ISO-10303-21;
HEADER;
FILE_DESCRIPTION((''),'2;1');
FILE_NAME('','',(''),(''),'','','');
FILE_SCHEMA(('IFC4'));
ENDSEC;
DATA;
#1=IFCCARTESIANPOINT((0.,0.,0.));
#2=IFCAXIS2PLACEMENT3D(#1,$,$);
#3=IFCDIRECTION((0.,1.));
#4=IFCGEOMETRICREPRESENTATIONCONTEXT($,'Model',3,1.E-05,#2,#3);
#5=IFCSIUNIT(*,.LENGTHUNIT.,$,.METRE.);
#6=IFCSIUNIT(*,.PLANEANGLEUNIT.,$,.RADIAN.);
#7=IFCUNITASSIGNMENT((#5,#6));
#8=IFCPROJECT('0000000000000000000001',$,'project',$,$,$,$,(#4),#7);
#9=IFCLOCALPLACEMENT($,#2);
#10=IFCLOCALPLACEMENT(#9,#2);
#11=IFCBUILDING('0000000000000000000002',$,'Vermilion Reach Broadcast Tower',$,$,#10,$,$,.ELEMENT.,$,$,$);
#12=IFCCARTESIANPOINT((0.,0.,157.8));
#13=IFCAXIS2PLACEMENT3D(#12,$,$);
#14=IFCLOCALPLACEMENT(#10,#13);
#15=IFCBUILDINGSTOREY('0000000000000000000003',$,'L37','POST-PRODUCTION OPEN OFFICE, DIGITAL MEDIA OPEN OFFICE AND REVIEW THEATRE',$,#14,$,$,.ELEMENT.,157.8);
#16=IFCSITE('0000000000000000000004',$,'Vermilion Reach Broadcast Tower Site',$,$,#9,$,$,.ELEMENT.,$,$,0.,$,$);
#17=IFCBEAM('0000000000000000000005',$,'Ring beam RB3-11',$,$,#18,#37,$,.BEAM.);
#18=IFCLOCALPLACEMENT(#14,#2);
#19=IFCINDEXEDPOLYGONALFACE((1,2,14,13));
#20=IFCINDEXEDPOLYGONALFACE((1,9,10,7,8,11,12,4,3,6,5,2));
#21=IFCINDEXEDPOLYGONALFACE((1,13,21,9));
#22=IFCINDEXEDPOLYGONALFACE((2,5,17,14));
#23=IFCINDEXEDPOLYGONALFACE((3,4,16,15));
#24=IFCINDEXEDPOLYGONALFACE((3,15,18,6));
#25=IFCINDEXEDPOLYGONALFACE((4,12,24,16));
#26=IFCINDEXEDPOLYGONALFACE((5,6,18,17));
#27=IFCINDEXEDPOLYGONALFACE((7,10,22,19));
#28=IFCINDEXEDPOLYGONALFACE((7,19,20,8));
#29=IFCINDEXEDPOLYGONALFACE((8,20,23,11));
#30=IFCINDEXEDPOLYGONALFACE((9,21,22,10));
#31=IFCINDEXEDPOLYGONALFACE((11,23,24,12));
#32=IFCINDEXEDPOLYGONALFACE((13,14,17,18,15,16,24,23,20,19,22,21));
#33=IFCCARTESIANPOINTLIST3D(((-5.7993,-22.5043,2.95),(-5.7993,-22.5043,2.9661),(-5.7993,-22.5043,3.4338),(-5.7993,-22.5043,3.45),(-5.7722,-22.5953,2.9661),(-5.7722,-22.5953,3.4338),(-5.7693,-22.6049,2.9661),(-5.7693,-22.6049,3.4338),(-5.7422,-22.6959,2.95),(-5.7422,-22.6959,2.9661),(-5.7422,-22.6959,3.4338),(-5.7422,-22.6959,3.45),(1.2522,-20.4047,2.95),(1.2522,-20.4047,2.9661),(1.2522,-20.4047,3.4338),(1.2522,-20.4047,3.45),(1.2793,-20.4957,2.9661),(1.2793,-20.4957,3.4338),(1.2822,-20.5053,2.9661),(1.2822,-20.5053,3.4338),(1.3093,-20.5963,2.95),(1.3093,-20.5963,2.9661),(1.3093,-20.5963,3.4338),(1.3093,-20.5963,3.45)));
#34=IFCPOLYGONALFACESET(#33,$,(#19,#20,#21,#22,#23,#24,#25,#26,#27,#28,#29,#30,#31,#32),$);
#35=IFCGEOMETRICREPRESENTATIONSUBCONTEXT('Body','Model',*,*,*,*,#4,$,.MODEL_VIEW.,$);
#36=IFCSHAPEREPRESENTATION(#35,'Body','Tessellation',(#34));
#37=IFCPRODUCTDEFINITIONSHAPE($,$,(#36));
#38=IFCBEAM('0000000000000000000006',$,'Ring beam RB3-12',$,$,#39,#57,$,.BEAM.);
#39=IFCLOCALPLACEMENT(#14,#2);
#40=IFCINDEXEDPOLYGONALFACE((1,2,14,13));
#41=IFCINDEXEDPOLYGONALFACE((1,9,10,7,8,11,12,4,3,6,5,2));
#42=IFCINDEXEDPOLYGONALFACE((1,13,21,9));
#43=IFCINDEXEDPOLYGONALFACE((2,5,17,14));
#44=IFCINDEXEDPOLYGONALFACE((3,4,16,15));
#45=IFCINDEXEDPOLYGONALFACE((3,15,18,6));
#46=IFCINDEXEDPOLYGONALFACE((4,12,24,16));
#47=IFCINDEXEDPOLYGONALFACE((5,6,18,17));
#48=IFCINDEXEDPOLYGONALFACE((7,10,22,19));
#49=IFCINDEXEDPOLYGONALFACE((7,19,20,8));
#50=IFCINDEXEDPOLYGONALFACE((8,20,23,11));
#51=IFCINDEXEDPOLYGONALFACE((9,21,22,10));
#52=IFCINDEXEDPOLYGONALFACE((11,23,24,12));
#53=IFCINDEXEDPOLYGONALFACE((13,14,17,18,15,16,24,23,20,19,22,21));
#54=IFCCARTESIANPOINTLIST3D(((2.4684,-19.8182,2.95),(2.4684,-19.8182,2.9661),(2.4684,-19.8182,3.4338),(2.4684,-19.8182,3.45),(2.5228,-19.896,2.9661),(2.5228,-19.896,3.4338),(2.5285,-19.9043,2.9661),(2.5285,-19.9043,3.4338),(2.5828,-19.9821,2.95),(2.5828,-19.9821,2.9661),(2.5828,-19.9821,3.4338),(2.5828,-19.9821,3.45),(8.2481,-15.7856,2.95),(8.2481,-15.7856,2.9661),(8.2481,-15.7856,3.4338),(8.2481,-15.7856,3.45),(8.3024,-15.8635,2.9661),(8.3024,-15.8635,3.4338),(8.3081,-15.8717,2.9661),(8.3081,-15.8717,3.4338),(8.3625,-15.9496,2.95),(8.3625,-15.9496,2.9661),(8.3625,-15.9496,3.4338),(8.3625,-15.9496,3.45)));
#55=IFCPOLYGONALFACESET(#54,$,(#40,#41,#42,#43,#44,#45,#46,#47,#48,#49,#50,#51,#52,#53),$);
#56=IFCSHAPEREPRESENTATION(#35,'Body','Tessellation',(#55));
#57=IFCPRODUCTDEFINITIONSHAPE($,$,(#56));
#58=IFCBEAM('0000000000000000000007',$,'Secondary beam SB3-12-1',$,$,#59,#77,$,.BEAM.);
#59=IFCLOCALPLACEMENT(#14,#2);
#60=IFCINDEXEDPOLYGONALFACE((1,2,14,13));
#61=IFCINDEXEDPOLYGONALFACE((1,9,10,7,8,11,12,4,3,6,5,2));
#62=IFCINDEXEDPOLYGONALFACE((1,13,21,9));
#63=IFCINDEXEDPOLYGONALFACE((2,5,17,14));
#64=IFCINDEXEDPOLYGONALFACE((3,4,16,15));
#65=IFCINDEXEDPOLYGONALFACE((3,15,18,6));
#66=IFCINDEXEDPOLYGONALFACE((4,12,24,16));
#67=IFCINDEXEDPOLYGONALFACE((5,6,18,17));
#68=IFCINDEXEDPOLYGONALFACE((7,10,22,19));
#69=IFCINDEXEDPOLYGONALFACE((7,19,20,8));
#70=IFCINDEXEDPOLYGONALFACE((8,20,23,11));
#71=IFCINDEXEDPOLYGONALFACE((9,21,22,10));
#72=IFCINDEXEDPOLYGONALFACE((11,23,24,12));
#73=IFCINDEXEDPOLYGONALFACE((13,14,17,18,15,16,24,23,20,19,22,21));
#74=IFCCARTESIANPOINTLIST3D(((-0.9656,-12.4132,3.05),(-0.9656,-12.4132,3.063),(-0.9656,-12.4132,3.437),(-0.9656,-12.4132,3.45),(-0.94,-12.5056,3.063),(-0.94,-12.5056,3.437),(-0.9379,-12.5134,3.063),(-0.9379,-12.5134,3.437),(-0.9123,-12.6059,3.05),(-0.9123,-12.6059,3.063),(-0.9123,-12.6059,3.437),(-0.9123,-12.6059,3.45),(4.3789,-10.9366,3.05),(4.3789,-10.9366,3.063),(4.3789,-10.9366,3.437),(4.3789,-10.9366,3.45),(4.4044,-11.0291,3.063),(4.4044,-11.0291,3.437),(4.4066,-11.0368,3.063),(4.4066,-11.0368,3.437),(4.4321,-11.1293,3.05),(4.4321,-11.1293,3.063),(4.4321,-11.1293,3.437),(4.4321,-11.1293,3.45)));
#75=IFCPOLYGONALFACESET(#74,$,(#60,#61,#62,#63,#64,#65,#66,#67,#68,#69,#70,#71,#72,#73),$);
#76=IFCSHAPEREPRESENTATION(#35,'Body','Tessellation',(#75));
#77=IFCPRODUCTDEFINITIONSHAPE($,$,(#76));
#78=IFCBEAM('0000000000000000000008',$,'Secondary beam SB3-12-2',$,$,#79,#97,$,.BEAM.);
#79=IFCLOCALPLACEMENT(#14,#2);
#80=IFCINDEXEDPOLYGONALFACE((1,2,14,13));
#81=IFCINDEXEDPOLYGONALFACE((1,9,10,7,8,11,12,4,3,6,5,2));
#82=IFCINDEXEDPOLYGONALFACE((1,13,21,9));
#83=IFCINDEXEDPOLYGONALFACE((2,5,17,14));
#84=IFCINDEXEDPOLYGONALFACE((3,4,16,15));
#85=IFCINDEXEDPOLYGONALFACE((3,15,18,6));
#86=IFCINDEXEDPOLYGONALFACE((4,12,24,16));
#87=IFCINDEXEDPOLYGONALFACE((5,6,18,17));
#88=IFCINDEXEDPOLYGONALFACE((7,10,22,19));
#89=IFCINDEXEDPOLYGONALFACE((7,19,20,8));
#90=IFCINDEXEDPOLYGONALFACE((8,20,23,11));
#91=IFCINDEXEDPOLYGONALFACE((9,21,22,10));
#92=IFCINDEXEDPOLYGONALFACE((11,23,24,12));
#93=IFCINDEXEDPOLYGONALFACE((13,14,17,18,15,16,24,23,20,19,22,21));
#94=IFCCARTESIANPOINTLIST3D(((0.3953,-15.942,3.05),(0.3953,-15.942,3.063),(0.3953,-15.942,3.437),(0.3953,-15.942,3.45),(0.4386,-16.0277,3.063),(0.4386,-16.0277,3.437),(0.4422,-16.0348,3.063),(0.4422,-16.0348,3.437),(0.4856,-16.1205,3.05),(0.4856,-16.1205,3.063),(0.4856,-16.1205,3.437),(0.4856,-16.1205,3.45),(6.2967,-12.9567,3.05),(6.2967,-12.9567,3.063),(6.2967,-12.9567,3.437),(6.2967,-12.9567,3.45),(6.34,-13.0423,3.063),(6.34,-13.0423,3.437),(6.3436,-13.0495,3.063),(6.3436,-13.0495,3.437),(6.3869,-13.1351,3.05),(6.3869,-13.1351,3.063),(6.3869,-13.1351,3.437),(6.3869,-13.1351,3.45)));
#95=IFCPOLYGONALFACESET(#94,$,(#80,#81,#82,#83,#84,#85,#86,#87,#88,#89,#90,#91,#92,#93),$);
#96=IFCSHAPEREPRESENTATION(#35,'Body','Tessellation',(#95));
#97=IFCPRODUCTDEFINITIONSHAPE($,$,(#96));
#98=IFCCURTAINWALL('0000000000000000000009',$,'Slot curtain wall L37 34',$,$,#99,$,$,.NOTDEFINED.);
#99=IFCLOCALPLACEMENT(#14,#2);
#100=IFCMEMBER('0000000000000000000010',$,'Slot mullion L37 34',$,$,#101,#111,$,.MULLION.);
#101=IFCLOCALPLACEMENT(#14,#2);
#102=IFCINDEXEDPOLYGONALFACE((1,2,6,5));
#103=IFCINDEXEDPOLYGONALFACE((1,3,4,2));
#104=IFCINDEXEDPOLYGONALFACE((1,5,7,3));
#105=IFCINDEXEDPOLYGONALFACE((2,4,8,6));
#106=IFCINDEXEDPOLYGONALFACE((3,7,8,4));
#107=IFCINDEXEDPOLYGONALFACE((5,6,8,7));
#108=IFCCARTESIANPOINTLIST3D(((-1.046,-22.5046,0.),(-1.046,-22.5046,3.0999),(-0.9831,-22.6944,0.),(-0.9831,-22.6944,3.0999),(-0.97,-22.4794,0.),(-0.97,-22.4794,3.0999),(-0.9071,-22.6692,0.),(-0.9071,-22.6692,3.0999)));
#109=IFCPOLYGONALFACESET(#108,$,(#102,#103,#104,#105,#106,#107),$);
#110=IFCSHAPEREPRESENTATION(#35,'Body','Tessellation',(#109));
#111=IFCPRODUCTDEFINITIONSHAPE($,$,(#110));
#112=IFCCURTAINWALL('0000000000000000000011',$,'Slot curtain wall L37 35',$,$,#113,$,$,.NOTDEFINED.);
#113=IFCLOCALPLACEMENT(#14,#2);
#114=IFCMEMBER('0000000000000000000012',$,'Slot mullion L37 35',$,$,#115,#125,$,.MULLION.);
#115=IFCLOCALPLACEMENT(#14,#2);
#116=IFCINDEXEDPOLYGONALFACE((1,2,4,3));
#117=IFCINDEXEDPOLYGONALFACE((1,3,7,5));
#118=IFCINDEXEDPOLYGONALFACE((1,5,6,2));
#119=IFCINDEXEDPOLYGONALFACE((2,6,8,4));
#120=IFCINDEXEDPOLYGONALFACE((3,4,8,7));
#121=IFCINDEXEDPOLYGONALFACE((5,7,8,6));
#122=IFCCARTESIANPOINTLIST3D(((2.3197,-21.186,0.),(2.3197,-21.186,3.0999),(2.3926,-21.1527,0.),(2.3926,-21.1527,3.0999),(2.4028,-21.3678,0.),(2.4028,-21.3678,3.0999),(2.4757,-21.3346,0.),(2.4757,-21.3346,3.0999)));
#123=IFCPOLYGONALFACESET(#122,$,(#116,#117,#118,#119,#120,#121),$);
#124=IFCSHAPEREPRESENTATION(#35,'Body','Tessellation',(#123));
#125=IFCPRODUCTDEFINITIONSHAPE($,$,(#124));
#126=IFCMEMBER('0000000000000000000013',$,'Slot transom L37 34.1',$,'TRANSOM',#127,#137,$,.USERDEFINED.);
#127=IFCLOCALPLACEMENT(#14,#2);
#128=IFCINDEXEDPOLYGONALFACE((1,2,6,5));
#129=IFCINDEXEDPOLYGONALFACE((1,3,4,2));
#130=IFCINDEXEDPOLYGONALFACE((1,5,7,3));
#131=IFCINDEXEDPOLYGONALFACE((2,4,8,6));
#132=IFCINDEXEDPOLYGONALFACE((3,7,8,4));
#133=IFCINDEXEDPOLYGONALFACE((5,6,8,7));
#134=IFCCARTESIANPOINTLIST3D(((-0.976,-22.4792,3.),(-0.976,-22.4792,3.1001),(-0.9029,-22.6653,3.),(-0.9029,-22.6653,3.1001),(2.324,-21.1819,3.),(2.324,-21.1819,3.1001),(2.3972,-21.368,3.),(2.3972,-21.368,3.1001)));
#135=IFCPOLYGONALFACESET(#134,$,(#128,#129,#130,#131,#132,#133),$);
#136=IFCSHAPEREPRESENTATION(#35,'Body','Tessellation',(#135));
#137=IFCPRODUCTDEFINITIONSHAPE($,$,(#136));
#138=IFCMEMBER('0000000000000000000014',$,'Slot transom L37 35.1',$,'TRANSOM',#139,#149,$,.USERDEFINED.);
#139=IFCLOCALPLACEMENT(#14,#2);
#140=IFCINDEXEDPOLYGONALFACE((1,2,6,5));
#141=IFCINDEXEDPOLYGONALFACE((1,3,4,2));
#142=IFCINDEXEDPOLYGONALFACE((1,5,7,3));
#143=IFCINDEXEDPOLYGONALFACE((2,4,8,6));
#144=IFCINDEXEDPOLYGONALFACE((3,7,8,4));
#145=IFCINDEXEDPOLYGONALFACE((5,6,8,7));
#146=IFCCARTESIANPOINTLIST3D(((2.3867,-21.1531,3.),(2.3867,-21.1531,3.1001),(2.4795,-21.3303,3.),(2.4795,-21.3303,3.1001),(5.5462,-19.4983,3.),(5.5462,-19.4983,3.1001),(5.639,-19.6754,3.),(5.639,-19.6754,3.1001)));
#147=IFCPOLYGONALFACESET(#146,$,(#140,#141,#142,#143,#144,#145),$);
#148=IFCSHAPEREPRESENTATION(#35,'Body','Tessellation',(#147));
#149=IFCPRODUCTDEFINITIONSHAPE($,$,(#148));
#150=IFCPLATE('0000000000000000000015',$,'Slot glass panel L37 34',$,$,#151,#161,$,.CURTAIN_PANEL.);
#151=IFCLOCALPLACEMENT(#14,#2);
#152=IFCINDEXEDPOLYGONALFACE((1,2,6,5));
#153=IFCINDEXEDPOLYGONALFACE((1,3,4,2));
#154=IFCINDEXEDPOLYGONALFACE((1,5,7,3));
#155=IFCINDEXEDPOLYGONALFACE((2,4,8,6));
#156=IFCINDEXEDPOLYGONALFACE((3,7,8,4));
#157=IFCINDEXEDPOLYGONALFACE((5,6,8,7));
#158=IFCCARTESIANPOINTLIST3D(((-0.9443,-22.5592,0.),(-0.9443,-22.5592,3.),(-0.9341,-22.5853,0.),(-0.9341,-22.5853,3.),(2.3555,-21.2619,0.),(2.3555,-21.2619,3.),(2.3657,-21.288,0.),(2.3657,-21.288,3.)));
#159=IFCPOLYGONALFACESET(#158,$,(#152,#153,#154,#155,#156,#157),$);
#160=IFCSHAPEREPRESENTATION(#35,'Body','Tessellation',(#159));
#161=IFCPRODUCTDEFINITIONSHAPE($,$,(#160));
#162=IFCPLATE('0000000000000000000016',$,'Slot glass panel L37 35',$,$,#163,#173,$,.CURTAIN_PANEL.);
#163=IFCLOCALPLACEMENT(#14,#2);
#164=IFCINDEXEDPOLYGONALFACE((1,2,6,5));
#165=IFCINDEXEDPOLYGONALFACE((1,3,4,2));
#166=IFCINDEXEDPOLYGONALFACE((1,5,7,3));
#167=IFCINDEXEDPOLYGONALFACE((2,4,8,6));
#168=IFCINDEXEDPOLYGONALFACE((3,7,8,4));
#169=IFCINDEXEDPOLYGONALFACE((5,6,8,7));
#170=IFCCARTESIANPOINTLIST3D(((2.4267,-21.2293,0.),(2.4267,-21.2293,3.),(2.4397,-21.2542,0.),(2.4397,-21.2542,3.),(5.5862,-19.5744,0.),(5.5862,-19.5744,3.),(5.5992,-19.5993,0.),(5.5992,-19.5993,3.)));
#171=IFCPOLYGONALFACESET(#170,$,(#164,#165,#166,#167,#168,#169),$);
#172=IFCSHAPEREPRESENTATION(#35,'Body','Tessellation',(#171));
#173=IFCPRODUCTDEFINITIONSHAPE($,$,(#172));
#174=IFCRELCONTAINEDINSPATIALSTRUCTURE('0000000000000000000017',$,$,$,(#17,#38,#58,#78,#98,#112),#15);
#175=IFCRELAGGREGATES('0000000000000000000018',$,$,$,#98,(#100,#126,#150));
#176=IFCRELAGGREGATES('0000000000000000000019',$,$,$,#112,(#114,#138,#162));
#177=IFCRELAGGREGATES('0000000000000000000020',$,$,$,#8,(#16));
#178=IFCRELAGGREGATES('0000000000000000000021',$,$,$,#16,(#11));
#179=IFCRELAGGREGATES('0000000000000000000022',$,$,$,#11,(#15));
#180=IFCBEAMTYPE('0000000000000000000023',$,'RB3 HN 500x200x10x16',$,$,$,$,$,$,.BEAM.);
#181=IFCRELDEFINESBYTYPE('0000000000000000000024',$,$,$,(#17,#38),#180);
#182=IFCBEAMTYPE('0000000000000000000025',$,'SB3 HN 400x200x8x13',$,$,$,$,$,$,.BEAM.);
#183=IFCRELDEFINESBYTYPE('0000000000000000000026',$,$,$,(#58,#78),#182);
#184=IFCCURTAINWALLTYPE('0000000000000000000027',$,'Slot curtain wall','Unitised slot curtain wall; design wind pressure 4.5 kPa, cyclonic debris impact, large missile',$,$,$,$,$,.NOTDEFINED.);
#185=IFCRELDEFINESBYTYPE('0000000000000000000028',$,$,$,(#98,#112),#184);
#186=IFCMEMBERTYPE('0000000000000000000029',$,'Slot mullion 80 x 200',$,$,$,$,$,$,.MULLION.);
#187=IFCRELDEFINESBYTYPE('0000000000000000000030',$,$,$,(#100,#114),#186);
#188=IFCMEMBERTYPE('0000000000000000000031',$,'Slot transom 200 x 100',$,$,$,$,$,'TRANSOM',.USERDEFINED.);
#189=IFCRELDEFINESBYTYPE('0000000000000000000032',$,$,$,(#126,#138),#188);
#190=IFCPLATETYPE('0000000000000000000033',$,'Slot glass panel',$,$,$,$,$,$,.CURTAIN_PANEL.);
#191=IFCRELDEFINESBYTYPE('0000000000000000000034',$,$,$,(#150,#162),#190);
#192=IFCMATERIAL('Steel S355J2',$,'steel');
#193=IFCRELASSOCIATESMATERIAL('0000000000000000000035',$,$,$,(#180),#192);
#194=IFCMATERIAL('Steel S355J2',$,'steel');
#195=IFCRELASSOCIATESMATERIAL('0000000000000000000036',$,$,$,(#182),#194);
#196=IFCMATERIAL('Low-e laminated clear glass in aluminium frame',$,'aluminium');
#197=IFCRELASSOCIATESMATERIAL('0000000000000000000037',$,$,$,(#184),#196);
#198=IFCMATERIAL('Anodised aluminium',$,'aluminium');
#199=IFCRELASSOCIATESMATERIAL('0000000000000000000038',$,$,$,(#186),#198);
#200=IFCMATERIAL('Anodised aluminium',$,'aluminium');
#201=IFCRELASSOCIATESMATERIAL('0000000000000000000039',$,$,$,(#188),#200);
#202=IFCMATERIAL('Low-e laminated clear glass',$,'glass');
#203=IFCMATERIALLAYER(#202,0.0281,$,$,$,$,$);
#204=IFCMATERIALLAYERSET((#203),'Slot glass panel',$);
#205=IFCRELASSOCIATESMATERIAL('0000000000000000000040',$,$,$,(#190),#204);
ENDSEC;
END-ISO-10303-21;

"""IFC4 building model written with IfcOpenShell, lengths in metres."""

from ifc_helpers import new_model, si_unit, direction, frame, origin, origin_2d, place, context, subcontext, project, spatial, rectangle, i_section, extrude, material, layer, layer_set, material_profile, profile_set, type_object, element, aggregate, save


model = new_model("IFC4")

# Units and contexts
model_context = context("Model", 3, precision=1e-05, world=origin(), true_north=direction((0.0, 1.0)))
body_context = subcontext(model_context, "Body", "Model", "MODEL_VIEW")
ifc_project = project(units=[si_unit("LENGTHUNIT", "METRE"), si_unit("PLANEANGLEUNIT", "RADIAN")], contexts=[model_context])

# Site, building, storey
site_placement = place(None, origin())
site = spatial("IfcSite", under=ifc_project, at=site_placement, Name="Vermilion Reach Broadcast Tower Site", CompositionType="ELEMENT", RefElevation=0.0)
building_placement = place(site_placement, origin())
building = spatial("IfcBuilding", under=site, at=building_placement, Name="Vermilion Reach Broadcast Tower", CompositionType="ELEMENT")
storey_placement = place(building_placement, frame((0.0, 0.0, 157.8)))
storey = spatial("IfcBuildingStorey", under=building, at=storey_placement, Name="L37", Description="POST-PRODUCTION OPEN OFFICE, DIGITAL MEDIA OPEN OFFICE AND REVIEW THEATRE", CompositionType="ELEMENT", Elevation=157.8)

# Beams
ifc_material_1 = material(Name="Steel S355J2", Category="steel")
ifc_material_profile_1 = material_profile(ifc_material_1, i_section(OverallWidth=0.2, OverallDepth=0.5, WebThickness=0.01, FlangeThickness=0.0161, at=origin_2d()), Name="S355J2 HN 500x200x10x16")
ifc_profile_set_1 = profile_set([ifc_material_profile_1], Name="Steel S355J2")
beam_type_1 = type_object("IfcBeamType", Name="RB3 HN 500x200x10x16", PredefinedType="BEAM", material=ifc_profile_set_1)
beam_1_placement = place(storey_placement, frame((-5.7708, -22.6001, 3.2), z_axis=(0.958417, 0.285372, 0.0), x_axis=(-0.285372, 0.958417, 0.0)))
element("IfcBeam", 1, at=beam_1_placement, inside=storey, type_object=beam_type_1, Name="Ring beam RB3-11", PredefinedType="BEAM", context=body_context, shape_type="SweptSolid", body=[
    extrude(i_section(OverallWidth=0.2, OverallDepth=0.5, WebThickness=0.01, FlangeThickness=0.0161, at=origin_2d()), origin(), (0.0, 0.0, 1.0), 7.3574),
])
beam_2_placement = place(storey_placement, frame((2.5256, -19.9001, 3.2), z_axis=(0.820111, 0.572204, 0.0), x_axis=(-0.572204, 0.820111, 0.0)))
element("IfcBeam", 2, at=beam_2_placement, inside=storey, type_object=beam_type_1, Name="Ring beam RB3-12", PredefinedType="BEAM", context=body_context, shape_type="SweptSolid", body=[
    extrude(i_section(OverallWidth=0.2, OverallDepth=0.5, WebThickness=0.01, FlangeThickness=0.0161, at=origin_2d()), origin(), (0.0, 0.0, 1.0), 7.0474),
])
ifc_material_2 = material(Name="Steel S355J2", Category="steel")
ifc_material_profile_2 = material_profile(ifc_material_2, i_section(OverallWidth=0.2, OverallDepth=0.3999, WebThickness=0.0081, FlangeThickness=0.0129, at=origin_2d()), Name="S355J2 HN 400x200x8x13")
ifc_profile_set_2 = profile_set([ifc_material_profile_2], Name="Steel S355J2")
beam_type_2 = type_object("IfcBeamType", Name="SB3 HN 400x200x8x13", PredefinedType="BEAM", material=ifc_profile_set_2)
beam_3_placement = place(storey_placement, frame((-0.939, -12.5095, 3.25), z_axis=(0.96389, 0.266301, 0.0), x_axis=(-0.266301, 0.96389, 0.0)))
element("IfcBeam", 3, at=beam_3_placement, inside=storey, type_object=beam_type_2, Name="Secondary beam SB3-12-1", PredefinedType="BEAM", context=body_context, shape_type="SweptSolid", body=[
    extrude(i_section(OverallWidth=0.2, OverallDepth=0.3999, WebThickness=0.0081, FlangeThickness=0.0129, at=origin_2d()), origin(), (0.0, 0.0, 1.0), 5.5447),
])
beam_4_placement = place(storey_placement, frame((0.4404, -16.0312, 3.25), z_axis=(0.892321, 0.451402, 0.0), x_axis=(-0.451402, 0.892321, 0.0)))
element("IfcBeam", 4, at=beam_4_placement, inside=storey, type_object=beam_type_2, Name="Secondary beam SB3-12-2", PredefinedType="BEAM", context=body_context, shape_type="SweptSolid", body=[
    extrude(i_section(OverallWidth=0.2, OverallDepth=0.3999, WebThickness=0.0081, FlangeThickness=0.0129, at=origin_2d()), origin(), (0.0, 0.0, 1.0), 6.6135),
])

# Curtain walls, members
ifc_material_3 = material(Name="Low-e laminated clear glass in aluminium frame", Category="aluminium")
curtain_wall_type = type_object("IfcCurtainWallType", Name="Slot curtain wall", Description="Unitised slot curtain wall; design wind pressure 4.5 kPa, cyclonic debris impact, large missile", PredefinedType="NOTDEFINED", material=ifc_material_3)
placement = place(storey_placement, origin())
curtain_wall_1 = element("IfcCurtainWall", 5, at=placement, inside=storey, type_object=curtain_wall_type, Name="Slot curtain wall L37 34", PredefinedType="NOTDEFINED")
ifc_material_4 = material(Name="Anodised aluminium", Category="aluminium")
ifc_material_profile_3 = material_profile(ifc_material_4, rectangle(XDim=0.2, YDim=0.0801, at=origin_2d()), Name="Slot mullion 80 x 200")
ifc_profile_set_3 = profile_set([ifc_material_profile_3], Name="Anodised aluminium")
member_type_1 = type_object("IfcMemberType", Name="Slot mullion 80 x 200", PredefinedType="MULLION", material=ifc_profile_set_3)
member_1_placement = place(storey_placement, frame((-0.9766, -22.5869, 0.0), z_axis=(0.0, 0.0, 1.0), x_axis=(-0.314307, 0.949321, 0.0)))
member_1 = element("IfcMember", 6, at=member_1_placement, type_object=member_type_1, Name="Slot mullion L37 34", PredefinedType="MULLION", context=body_context, shape_type="SweptSolid", body=[
    extrude(rectangle(XDim=0.2, YDim=0.0801, at=origin_2d()), origin(), (0.0, 0.0, 1.0), 3.0999),
])
curtain_wall_2 = element("IfcCurtainWall", 7, at=placement, inside=storey, type_object=curtain_wall_type, Name="Slot curtain wall L37 35", PredefinedType="NOTDEFINED")
member_2_placement = place(storey_placement, frame((2.3977, -21.2603, 0.0), z_axis=(0.0, 0.0, 1.0), x_axis=(-0.415552, 0.90957, 0.0)))
member_2 = element("IfcMember", 8, at=member_2_placement, type_object=member_type_1, Name="Slot mullion L37 35", PredefinedType="MULLION", context=body_context, shape_type="SweptSolid", body=[
    extrude(rectangle(XDim=0.2, YDim=0.0801, at=origin_2d()), origin(), (0.0, 0.0, 1.0), 3.0999),
])

# Members
ifc_material_5 = material(Name="Anodised aluminium", Category="aluminium")
ifc_material_profile_4 = material_profile(ifc_material_5, rectangle(XDim=0.2, YDim=0.1001, at=origin_2d()), Name="Slot transom 200 x 100")
ifc_profile_set_4 = profile_set([ifc_material_profile_4], Name="Anodised aluminium")
member_type_2 = type_object("IfcMemberType", Name="Slot transom 200 x 100", ElementType="TRANSOM", PredefinedType="USERDEFINED", material=ifc_profile_set_4)
member_3_placement = place(storey_placement, frame((-0.9395, -22.5723, 3.05), z_axis=(0.930664, 0.365876, 0.0), x_axis=(-0.365876, 0.930664, 0.0)))
member_3 = element("IfcMember", 9, at=member_3_placement, type_object=member_type_2, Name="Slot transom L37 34.1", ObjectType="TRANSOM", PredefinedType="USERDEFINED", context=body_context, shape_type="SweptSolid", body=[
    extrude(rectangle(XDim=0.2, YDim=0.1001, at=origin_2d()), origin(), (0.0, 0.0, 1.0), 3.5459),
])
member_4_placement = place(storey_placement, frame((2.4331, -21.2417, 3.05), z_axis=(0.885849, 0.463974, 0.0), x_axis=(-0.463974, 0.885849, 0.0)))
member_4 = element("IfcMember", 10, at=member_4_placement, type_object=member_type_2, Name="Slot transom L37 35.1", ObjectType="TRANSOM", PredefinedType="USERDEFINED", context=body_context, shape_type="SweptSolid", body=[
    extrude(rectangle(XDim=0.2, YDim=0.1001, at=origin_2d()), origin(), (0.0, 0.0, 1.0), 3.5667),
])

# Plates
ifc_material_6 = material(Name="Low-e laminated clear glass", Category="glass")
ifc_layer_1 = layer(ifc_material_6, 0.0281)
ifc_layer_set_1 = layer_set([ifc_layer_1], Name="Slot glass panel")
plate_type = type_object("IfcPlateType", Name="Slot glass panel", PredefinedType="CURTAIN_PANEL", material=ifc_layer_set_1)
plate_1_placement = place(storey_placement, frame((0.7107, -21.9236, 0.0), z_axis=(0.0, 0.0, 1.0), x_axis=(0.930658, 0.365892, 0.0)))
plate_1 = element("IfcPlate", 11, at=plate_1_placement, type_object=plate_type, Name="Slot glass panel L37 34", PredefinedType="CURTAIN_PANEL", context=body_context, shape_type="SweptSolid", body=[
    extrude(rectangle(XDim=3.5457, YDim=0.0281, at=origin_2d()), origin(), (0.0, 0.0, 1.0), 3.0),
])
aggregate(curtain_wall_1, [member_1, member_3, plate_1])
plate_2_placement = place(storey_placement, frame((4.0129, -20.4143, 0.0), z_axis=(0.0, 0.0, 1.0), x_axis=(0.885834, 0.464002, 0.0)))
plate_2 = element("IfcPlate", 12, at=plate_2_placement, type_object=plate_type, Name="Slot glass panel L37 35", PredefinedType="CURTAIN_PANEL", context=body_context, shape_type="SweptSolid", body=[
    extrude(rectangle(XDim=3.5667, YDim=0.0281, at=origin_2d()), origin(), (0.0, 0.0, 1.0), 3.0),
])
aggregate(curtain_wall_2, [member_2, member_4, plate_2])

save(model, "model.ifc")
